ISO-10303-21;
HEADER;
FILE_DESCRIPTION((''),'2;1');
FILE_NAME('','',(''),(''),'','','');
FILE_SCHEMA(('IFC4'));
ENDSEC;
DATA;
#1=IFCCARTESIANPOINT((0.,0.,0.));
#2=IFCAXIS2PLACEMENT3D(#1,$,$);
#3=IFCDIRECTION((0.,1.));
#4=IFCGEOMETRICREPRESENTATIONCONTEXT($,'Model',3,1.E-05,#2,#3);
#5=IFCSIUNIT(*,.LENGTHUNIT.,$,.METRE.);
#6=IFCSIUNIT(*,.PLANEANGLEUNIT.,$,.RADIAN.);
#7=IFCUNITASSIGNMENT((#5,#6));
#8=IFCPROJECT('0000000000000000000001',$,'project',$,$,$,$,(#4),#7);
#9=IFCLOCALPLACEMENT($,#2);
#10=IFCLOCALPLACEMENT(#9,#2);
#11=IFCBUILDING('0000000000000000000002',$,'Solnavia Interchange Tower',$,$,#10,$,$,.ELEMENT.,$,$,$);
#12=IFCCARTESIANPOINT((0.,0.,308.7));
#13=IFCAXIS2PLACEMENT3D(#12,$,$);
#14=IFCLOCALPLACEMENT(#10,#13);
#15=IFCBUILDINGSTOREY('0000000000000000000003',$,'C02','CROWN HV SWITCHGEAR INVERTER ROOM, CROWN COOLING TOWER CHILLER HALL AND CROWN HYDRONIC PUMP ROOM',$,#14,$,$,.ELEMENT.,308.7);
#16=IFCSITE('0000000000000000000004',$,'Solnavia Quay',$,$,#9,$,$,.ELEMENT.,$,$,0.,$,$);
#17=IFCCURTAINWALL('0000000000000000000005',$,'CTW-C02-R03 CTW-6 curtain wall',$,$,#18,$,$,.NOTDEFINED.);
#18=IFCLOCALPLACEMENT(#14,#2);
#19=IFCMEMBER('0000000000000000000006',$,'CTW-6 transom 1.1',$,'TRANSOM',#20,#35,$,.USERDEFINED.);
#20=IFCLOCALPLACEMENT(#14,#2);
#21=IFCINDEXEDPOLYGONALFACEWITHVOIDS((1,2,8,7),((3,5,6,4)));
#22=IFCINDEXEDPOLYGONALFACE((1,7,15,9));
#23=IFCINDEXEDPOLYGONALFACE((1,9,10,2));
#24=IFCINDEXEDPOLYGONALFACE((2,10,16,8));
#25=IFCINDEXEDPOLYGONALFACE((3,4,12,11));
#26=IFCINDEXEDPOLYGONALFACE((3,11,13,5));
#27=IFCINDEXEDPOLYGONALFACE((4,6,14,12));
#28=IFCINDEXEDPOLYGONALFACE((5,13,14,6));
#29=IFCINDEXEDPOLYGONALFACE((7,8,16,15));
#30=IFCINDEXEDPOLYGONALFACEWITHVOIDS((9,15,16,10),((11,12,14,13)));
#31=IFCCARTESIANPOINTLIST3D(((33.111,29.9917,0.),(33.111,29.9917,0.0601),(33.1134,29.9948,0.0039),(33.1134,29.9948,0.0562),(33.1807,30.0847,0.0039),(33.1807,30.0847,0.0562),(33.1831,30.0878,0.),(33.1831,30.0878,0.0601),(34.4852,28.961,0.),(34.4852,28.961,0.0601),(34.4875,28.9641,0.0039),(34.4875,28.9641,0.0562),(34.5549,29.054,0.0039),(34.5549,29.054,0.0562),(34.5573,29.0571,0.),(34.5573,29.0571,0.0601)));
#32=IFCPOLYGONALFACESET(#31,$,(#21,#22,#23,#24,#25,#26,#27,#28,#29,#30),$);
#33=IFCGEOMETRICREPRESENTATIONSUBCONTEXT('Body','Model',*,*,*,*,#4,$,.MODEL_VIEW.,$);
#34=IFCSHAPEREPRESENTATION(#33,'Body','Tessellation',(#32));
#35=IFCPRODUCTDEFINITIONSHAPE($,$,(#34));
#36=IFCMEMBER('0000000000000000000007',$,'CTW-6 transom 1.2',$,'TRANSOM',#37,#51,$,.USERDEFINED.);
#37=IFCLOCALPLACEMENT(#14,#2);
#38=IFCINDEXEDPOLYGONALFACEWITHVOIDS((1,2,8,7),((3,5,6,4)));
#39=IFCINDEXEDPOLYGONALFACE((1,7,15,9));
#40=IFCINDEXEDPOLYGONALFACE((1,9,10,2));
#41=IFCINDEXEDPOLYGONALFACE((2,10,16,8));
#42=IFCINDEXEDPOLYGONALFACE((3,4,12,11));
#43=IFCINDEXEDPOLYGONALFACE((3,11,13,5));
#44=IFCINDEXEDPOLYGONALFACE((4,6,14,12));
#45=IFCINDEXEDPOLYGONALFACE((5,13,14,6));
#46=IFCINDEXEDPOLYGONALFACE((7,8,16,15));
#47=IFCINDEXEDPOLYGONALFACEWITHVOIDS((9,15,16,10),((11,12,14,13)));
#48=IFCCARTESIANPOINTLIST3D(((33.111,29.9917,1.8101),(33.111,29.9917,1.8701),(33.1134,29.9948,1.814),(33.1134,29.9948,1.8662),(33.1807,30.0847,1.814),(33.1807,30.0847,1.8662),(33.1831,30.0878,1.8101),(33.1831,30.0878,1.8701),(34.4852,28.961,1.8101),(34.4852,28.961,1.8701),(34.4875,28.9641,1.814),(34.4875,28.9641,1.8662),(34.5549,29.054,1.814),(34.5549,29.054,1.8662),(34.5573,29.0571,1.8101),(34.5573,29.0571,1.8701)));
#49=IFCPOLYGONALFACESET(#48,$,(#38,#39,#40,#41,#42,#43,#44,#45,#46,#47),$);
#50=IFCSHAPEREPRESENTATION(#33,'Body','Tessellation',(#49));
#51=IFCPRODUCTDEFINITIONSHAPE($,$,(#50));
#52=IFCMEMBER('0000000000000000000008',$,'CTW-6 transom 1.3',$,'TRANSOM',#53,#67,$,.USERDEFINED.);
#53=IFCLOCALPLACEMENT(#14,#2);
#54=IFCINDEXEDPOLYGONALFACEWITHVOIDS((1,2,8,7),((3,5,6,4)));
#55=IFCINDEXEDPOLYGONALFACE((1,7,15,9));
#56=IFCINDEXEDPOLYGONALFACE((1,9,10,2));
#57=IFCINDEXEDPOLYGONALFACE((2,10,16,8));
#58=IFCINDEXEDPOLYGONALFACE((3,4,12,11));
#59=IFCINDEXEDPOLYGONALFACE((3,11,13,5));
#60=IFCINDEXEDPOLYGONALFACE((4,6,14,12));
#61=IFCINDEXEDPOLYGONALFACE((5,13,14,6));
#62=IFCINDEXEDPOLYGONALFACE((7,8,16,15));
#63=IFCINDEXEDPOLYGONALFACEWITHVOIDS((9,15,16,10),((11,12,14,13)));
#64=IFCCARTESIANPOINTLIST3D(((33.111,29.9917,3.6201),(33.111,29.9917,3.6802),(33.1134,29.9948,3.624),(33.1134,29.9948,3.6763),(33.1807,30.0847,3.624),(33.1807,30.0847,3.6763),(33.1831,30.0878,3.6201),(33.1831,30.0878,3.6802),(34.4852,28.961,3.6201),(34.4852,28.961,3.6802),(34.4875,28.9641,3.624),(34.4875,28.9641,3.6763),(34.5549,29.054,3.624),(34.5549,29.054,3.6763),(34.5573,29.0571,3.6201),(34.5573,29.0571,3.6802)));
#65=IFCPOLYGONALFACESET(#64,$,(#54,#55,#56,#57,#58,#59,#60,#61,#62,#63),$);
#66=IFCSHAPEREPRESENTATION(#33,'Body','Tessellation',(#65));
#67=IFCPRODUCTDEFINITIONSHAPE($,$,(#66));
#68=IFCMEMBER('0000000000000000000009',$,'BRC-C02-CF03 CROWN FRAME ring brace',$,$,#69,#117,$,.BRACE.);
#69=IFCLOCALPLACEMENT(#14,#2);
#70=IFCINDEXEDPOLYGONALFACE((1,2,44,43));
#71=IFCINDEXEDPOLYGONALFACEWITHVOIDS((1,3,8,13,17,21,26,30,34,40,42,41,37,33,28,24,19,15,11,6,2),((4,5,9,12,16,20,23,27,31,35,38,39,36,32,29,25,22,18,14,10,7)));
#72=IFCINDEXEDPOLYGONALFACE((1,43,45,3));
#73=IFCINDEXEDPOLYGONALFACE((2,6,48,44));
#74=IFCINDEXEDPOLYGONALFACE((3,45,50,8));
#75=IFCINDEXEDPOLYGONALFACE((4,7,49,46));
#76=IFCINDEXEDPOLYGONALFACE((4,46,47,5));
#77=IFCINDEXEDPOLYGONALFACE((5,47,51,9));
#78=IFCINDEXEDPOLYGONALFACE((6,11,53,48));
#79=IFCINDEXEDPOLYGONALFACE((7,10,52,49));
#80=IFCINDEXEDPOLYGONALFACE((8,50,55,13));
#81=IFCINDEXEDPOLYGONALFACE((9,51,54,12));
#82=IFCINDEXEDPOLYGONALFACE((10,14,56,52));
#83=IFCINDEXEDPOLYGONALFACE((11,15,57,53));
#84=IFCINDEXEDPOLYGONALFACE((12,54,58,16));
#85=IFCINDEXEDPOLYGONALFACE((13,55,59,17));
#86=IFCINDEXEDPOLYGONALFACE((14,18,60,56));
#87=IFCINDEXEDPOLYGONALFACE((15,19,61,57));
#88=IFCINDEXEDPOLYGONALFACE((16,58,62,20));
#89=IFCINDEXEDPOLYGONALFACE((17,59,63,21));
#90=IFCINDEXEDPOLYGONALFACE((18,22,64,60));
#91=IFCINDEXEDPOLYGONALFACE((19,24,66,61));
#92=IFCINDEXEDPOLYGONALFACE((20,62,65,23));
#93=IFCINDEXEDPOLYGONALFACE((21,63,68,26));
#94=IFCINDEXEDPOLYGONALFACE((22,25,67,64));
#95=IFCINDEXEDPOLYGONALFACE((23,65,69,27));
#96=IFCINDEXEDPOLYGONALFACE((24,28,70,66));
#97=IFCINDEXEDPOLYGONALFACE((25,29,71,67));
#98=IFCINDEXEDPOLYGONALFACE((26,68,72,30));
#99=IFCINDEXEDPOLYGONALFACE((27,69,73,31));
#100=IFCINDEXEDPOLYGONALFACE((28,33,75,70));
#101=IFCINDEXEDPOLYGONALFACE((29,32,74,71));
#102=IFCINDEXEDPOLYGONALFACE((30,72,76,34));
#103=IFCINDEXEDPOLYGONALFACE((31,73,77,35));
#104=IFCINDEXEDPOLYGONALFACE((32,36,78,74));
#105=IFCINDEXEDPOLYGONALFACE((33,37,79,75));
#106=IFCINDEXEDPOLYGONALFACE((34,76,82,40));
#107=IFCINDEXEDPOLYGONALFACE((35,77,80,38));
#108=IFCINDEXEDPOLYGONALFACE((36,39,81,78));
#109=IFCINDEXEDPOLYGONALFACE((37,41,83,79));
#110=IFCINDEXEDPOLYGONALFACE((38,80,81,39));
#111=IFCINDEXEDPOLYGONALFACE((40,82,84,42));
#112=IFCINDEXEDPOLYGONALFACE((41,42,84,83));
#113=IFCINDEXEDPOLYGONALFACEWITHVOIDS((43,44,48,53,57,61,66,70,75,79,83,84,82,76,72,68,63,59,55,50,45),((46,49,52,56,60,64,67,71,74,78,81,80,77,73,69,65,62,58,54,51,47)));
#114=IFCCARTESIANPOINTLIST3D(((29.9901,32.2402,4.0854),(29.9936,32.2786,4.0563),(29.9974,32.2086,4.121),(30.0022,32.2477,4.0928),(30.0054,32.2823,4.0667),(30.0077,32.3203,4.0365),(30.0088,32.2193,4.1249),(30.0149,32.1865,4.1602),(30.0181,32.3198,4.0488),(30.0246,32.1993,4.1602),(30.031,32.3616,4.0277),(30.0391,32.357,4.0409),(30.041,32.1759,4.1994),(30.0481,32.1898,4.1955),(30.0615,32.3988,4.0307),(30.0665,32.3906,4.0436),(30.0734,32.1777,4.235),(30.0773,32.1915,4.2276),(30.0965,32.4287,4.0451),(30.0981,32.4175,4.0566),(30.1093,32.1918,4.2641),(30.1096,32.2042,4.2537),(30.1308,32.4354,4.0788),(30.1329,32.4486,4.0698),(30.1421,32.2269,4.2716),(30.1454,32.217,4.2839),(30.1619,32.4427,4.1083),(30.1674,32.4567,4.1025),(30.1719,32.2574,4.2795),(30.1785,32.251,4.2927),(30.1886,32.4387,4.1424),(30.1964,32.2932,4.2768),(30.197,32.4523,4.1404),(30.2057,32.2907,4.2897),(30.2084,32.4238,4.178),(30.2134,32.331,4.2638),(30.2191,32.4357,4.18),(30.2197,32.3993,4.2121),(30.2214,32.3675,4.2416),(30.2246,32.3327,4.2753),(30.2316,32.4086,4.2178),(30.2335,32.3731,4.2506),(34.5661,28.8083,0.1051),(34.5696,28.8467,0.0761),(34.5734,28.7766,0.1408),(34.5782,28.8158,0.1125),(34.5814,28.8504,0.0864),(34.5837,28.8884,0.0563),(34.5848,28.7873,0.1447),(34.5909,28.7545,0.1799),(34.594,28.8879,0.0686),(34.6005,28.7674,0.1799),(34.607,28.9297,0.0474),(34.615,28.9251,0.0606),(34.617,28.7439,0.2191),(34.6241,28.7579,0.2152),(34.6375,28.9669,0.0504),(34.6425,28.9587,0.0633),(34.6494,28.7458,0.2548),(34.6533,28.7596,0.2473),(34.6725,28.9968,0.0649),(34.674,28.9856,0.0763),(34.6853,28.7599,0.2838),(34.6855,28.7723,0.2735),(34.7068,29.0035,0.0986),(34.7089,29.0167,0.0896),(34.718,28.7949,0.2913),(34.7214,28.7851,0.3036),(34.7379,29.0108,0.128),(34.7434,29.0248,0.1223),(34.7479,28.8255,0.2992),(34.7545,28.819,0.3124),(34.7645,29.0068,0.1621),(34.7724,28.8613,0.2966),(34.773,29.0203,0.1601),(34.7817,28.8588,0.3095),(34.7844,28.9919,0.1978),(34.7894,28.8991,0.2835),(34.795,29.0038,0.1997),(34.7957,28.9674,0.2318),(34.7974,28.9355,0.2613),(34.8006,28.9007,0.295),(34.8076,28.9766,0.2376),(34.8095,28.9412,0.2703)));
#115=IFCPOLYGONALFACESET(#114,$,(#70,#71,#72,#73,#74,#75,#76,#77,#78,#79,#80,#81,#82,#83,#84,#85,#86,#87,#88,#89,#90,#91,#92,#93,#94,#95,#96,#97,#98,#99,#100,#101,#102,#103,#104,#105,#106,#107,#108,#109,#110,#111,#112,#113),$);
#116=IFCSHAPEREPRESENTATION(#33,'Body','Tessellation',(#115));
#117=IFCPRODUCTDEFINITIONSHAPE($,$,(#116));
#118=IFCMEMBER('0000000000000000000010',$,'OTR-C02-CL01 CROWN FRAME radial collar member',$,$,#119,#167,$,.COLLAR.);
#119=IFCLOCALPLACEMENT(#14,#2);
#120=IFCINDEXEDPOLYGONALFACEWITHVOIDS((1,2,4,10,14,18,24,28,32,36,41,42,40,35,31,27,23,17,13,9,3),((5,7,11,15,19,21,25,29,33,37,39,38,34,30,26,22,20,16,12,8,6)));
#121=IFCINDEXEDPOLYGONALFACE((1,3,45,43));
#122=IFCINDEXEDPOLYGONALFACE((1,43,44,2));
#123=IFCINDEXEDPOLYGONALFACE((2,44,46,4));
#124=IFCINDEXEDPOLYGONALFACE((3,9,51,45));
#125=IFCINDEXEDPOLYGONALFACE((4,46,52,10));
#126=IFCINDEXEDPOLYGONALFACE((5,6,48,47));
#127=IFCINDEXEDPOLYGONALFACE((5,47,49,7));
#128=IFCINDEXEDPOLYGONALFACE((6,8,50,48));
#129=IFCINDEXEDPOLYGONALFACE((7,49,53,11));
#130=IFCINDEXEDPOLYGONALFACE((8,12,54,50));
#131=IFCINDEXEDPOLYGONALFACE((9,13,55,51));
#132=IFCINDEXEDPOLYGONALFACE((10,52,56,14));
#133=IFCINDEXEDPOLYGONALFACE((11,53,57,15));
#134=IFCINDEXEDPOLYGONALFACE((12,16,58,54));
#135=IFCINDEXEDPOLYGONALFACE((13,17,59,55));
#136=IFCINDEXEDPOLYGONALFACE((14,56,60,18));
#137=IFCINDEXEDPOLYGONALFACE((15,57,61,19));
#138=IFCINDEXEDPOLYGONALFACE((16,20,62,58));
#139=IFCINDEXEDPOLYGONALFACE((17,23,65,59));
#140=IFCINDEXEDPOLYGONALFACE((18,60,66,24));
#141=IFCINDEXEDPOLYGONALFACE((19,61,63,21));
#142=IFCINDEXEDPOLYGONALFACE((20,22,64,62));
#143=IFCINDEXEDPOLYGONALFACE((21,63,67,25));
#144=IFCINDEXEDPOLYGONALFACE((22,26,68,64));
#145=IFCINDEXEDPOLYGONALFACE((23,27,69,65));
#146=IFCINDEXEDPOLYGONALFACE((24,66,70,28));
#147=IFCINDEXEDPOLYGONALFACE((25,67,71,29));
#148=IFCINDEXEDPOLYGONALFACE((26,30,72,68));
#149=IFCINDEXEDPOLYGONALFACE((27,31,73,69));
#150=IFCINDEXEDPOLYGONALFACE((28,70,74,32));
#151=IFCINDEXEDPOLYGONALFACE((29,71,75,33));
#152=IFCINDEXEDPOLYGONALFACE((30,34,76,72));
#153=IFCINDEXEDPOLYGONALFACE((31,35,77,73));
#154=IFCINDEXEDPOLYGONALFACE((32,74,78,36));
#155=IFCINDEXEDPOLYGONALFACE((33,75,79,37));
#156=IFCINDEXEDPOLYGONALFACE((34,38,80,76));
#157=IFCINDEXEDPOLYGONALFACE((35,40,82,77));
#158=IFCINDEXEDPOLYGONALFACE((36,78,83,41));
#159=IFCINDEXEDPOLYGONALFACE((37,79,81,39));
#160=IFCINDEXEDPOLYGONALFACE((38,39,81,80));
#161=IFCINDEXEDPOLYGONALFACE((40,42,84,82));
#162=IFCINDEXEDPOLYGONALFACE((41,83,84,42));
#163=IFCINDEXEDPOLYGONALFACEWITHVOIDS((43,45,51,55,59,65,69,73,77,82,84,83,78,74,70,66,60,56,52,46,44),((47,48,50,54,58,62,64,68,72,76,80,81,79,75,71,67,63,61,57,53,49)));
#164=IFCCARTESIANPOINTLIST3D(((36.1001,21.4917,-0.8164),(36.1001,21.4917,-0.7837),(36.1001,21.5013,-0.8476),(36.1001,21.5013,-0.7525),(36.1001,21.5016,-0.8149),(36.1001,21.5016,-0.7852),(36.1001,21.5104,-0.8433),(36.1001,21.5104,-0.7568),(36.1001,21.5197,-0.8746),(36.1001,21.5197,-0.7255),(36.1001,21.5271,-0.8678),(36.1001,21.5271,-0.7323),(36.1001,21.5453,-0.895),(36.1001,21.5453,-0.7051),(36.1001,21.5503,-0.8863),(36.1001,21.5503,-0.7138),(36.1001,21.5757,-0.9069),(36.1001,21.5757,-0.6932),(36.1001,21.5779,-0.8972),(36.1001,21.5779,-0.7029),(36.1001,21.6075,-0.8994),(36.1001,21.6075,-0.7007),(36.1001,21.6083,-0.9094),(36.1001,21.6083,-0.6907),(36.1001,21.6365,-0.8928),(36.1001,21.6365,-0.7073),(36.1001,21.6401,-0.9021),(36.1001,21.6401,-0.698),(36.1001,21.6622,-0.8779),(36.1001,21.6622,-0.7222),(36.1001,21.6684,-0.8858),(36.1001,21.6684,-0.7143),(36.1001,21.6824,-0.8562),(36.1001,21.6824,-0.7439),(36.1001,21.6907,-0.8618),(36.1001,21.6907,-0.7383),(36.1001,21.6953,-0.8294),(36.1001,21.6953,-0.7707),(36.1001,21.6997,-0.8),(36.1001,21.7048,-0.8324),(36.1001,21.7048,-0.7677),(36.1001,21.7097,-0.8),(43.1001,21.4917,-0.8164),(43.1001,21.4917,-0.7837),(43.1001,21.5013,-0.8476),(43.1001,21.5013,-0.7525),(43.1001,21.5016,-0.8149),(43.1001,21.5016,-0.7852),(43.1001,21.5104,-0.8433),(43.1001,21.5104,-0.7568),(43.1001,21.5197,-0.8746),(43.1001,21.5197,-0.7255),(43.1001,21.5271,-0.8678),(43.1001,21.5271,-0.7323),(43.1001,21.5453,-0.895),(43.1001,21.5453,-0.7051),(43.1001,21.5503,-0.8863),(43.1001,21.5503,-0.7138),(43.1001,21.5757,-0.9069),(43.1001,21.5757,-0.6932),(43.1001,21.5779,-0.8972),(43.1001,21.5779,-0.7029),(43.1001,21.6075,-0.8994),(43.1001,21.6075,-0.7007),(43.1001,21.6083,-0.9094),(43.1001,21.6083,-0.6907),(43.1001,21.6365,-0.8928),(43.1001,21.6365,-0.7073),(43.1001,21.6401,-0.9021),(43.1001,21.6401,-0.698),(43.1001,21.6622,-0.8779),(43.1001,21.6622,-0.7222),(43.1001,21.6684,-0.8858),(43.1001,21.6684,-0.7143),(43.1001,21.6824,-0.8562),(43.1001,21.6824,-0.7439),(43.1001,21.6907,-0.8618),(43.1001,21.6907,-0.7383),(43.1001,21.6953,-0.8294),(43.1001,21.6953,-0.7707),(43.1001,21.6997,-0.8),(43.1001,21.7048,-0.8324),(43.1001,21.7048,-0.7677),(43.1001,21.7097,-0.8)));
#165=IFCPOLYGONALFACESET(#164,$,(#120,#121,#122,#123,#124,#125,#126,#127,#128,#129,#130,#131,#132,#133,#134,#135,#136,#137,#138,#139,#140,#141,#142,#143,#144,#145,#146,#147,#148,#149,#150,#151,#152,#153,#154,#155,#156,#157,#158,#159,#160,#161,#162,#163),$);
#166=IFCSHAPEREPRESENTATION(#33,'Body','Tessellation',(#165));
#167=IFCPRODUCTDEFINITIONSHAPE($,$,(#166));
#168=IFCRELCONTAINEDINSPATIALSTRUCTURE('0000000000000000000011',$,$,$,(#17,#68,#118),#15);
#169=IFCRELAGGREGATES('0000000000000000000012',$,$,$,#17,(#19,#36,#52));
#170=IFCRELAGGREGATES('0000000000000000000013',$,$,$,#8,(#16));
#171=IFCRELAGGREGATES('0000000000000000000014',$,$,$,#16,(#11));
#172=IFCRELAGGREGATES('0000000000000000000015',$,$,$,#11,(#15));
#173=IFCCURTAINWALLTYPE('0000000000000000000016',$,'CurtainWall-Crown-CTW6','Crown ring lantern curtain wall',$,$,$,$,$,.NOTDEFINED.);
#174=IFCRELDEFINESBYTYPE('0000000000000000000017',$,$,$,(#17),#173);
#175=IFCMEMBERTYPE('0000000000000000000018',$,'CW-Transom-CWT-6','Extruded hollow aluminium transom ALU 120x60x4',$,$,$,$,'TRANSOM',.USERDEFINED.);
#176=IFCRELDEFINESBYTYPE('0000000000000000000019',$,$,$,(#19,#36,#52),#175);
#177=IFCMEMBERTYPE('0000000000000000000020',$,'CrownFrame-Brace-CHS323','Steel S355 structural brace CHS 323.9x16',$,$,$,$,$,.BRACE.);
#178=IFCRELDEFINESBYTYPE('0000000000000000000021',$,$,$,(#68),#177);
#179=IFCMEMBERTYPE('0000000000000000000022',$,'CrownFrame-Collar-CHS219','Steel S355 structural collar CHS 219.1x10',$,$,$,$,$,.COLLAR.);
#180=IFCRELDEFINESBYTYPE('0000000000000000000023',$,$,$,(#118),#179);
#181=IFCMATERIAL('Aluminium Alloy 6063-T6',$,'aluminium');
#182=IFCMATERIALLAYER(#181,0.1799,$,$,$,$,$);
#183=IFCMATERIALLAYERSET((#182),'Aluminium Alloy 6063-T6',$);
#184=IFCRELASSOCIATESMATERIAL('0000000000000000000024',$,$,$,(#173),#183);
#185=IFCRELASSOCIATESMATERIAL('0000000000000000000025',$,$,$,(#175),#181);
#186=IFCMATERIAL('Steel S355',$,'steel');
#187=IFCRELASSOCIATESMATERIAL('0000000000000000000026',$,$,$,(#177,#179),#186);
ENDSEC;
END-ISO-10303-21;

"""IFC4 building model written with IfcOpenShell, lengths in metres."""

from ifc_helpers import new_model, si_unit, direction, frame, origin, origin_2d, place, context, subcontext, project, spatial, hollow_rectangle, hollow_circle, extrude, material, layer, layer_set, material_profile, profile_set, type_object, element, aggregate, save


model = new_model("IFC4")

# Units and contexts
model_context = context("Model", 3, precision=1e-05, world=origin(), true_north=direction((0.0, 1.0)))
body_context = subcontext(model_context, "Body", "Model", "MODEL_VIEW")
ifc_project = project(units=[si_unit("LENGTHUNIT", "METRE"), si_unit("PLANEANGLEUNIT", "RADIAN")], contexts=[model_context])

# Site, building, storey
site_placement = place(None, origin())
site = spatial("IfcSite", under=ifc_project, at=site_placement, Name="Solnavia Quay", CompositionType="ELEMENT", RefElevation=0.0)
building_placement = place(site_placement, origin())
building = spatial("IfcBuilding", under=site, at=building_placement, Name="Solnavia Interchange Tower", CompositionType="ELEMENT")
storey_placement = place(building_placement, frame((0.0, 0.0, 308.7)))
storey = spatial("IfcBuildingStorey", under=building, at=storey_placement, Name="C02", Description="CROWN HV SWITCHGEAR INVERTER ROOM, CROWN COOLING TOWER CHILLER HALL AND CROWN HYDRONIC PUMP ROOM", CompositionType="ELEMENT", Elevation=308.7)

# Shared definitions
ifc_material_1 = material(Name="Aluminium Alloy 6063-T6", Category="aluminium")
ifc_layer_1 = layer(ifc_material_1, 0.1799)
ifc_layer_set_1 = layer_set([ifc_layer_1], Name="Aluminium Alloy 6063-T6")
curtain_wall_type = type_object("IfcCurtainWallType", Name="CurtainWall-Crown-CTW6", Description="Crown ring lantern curtain wall", PredefinedType="NOTDEFINED", material=ifc_layer_set_1)

# Curtain wall, members
curtain_wall_1_placement = place(storey_placement, origin())
curtain_wall_1 = element("IfcCurtainWall", 1, at=curtain_wall_1_placement, inside=storey, type_object=curtain_wall_type, Name="CTW-C02-R03 CTW-6 curtain wall", PredefinedType="NOTDEFINED")
ifc_material_profile_1 = material_profile(ifc_material_1, hollow_rectangle(XDim=0.0601, YDim=0.1201, WallThickness=0.0039, at=origin_2d()), Name="ALU 120x60x4")
ifc_profile_set_1 = profile_set([ifc_material_profile_1], Name="Aluminium Alloy 6063-T6")
member_type_1 = type_object("IfcMemberType", Name="CW-Transom-CWT-6", Description="Extruded hollow aluminium transom ALU 120x60x4", ElementType="TRANSOM", PredefinedType="USERDEFINED", material=ifc_profile_set_1)
member_1_placement = place(storey_placement, frame((34.5212, 29.009, 0.03), z_axis=(-0.799983, 0.600023, 0.0), x_axis=(0.0, 0.0, 1.0)))
member_1 = element("IfcMember", 2, at=member_1_placement, type_object=member_type_1, Name="CTW-6 transom 1.1", ObjectType="TRANSOM", PredefinedType="USERDEFINED", context=body_context, shape_type="SweptSolid", body=[
    extrude(hollow_rectangle(XDim=0.0601, YDim=0.1201, WallThickness=0.0039, at=origin_2d()), origin(), (0.0, 0.0, 1.0), 1.7178),
])
member_2_placement = place(storey_placement, frame((34.5212, 29.009, 1.8401), z_axis=(-0.799983, 0.600023, 0.0), x_axis=(0.0, 0.0, 1.0)))
member_2 = element("IfcMember", 3, at=member_2_placement, type_object=member_type_1, Name="CTW-6 transom 1.2", ObjectType="TRANSOM", PredefinedType="USERDEFINED", context=body_context, shape_type="SweptSolid", body=[
    extrude(hollow_rectangle(XDim=0.0601, YDim=0.1201, WallThickness=0.0039, at=origin_2d()), origin(), (0.0, 0.0, 1.0), 1.7178),
])
member_3_placement = place(storey_placement, frame((34.5212, 29.009, 3.6501), z_axis=(-0.799983, 0.600023, 0.0), x_axis=(0.0, 0.0, 1.0)))
member_3 = element("IfcMember", 4, at=member_3_placement, type_object=member_type_1, Name="CTW-6 transom 1.3", ObjectType="TRANSOM", PredefinedType="USERDEFINED", context=body_context, shape_type="SweptSolid", body=[
    extrude(hollow_rectangle(XDim=0.0601, YDim=0.1201, WallThickness=0.0039, at=origin_2d()), origin(), (0.0, 0.0, 1.0), 1.7178),
])
aggregate(curtain_wall_1, [member_1, member_2, member_3])

# Members
ifc_material_2 = material(Name="Steel S355", Category="steel")
ifc_material_profile_2 = material_profile(ifc_material_2, hollow_circle(Radius=0.1619, WallThickness=0.0161, at=origin_2d()), Name="CHS 323.9x16")
ifc_profile_set_2 = profile_set([ifc_material_profile_2], Name="Steel S355")
member_type_2 = type_object("IfcMemberType", Name="CrownFrame-Brace-CHS323", Description="Steel S355 structural brace CHS 323.9x16", PredefinedType="BRACE", material=ifc_profile_set_2)
member_4_placement = place(storey_placement, frame((34.688, 28.884, 0.1799), z_axis=(-0.656665, 0.49249, 0.571179), x_axis=(-0.599993, -0.800005, 0.0)))
element("IfcMember", 5, at=member_4_placement, inside=storey, type_object=member_type_2, Name="BRC-C02-CF03 CROWN FRAME ring brace", PredefinedType="BRACE", context=body_context, shape_type="SweptSolid", body=[
    extrude(hollow_circle(Radius=0.1619, WallThickness=0.0161, at=origin_2d()), origin(), (0.0, 0.0, 1.0), 6.9685),
])
ifc_material_profile_3 = material_profile(ifc_material_2, hollow_circle(Radius=0.1096, WallThickness=0.01, at=origin_2d()), Name="CHS 219.1x10")
ifc_profile_set_3 = profile_set([ifc_material_profile_3], Name="Steel S355")
member_type_3 = type_object("IfcMemberType", Name="CrownFrame-Collar-CHS219", Description="Steel S355 structural collar CHS 219.1x10", PredefinedType="COLLAR", material=ifc_profile_set_3)
member_5_placement = place(storey_placement, frame((36.1001, 21.6001, -0.8), z_axis=(1.0, 0.0, 0.0), x_axis=(0.0, 1.0, 0.0)))
element("IfcMember", 6, at=member_5_placement, inside=storey, type_object=member_type_3, Name="OTR-C02-CL01 CROWN FRAME radial collar member", PredefinedType="COLLAR", context=body_context, shape_type="SweptSolid", body=[
    extrude(hollow_circle(Radius=0.1096, WallThickness=0.01, at=origin_2d()), origin(), (0.0, 0.0, 1.0), 7.0),
])

save(model, "model.ifc")
